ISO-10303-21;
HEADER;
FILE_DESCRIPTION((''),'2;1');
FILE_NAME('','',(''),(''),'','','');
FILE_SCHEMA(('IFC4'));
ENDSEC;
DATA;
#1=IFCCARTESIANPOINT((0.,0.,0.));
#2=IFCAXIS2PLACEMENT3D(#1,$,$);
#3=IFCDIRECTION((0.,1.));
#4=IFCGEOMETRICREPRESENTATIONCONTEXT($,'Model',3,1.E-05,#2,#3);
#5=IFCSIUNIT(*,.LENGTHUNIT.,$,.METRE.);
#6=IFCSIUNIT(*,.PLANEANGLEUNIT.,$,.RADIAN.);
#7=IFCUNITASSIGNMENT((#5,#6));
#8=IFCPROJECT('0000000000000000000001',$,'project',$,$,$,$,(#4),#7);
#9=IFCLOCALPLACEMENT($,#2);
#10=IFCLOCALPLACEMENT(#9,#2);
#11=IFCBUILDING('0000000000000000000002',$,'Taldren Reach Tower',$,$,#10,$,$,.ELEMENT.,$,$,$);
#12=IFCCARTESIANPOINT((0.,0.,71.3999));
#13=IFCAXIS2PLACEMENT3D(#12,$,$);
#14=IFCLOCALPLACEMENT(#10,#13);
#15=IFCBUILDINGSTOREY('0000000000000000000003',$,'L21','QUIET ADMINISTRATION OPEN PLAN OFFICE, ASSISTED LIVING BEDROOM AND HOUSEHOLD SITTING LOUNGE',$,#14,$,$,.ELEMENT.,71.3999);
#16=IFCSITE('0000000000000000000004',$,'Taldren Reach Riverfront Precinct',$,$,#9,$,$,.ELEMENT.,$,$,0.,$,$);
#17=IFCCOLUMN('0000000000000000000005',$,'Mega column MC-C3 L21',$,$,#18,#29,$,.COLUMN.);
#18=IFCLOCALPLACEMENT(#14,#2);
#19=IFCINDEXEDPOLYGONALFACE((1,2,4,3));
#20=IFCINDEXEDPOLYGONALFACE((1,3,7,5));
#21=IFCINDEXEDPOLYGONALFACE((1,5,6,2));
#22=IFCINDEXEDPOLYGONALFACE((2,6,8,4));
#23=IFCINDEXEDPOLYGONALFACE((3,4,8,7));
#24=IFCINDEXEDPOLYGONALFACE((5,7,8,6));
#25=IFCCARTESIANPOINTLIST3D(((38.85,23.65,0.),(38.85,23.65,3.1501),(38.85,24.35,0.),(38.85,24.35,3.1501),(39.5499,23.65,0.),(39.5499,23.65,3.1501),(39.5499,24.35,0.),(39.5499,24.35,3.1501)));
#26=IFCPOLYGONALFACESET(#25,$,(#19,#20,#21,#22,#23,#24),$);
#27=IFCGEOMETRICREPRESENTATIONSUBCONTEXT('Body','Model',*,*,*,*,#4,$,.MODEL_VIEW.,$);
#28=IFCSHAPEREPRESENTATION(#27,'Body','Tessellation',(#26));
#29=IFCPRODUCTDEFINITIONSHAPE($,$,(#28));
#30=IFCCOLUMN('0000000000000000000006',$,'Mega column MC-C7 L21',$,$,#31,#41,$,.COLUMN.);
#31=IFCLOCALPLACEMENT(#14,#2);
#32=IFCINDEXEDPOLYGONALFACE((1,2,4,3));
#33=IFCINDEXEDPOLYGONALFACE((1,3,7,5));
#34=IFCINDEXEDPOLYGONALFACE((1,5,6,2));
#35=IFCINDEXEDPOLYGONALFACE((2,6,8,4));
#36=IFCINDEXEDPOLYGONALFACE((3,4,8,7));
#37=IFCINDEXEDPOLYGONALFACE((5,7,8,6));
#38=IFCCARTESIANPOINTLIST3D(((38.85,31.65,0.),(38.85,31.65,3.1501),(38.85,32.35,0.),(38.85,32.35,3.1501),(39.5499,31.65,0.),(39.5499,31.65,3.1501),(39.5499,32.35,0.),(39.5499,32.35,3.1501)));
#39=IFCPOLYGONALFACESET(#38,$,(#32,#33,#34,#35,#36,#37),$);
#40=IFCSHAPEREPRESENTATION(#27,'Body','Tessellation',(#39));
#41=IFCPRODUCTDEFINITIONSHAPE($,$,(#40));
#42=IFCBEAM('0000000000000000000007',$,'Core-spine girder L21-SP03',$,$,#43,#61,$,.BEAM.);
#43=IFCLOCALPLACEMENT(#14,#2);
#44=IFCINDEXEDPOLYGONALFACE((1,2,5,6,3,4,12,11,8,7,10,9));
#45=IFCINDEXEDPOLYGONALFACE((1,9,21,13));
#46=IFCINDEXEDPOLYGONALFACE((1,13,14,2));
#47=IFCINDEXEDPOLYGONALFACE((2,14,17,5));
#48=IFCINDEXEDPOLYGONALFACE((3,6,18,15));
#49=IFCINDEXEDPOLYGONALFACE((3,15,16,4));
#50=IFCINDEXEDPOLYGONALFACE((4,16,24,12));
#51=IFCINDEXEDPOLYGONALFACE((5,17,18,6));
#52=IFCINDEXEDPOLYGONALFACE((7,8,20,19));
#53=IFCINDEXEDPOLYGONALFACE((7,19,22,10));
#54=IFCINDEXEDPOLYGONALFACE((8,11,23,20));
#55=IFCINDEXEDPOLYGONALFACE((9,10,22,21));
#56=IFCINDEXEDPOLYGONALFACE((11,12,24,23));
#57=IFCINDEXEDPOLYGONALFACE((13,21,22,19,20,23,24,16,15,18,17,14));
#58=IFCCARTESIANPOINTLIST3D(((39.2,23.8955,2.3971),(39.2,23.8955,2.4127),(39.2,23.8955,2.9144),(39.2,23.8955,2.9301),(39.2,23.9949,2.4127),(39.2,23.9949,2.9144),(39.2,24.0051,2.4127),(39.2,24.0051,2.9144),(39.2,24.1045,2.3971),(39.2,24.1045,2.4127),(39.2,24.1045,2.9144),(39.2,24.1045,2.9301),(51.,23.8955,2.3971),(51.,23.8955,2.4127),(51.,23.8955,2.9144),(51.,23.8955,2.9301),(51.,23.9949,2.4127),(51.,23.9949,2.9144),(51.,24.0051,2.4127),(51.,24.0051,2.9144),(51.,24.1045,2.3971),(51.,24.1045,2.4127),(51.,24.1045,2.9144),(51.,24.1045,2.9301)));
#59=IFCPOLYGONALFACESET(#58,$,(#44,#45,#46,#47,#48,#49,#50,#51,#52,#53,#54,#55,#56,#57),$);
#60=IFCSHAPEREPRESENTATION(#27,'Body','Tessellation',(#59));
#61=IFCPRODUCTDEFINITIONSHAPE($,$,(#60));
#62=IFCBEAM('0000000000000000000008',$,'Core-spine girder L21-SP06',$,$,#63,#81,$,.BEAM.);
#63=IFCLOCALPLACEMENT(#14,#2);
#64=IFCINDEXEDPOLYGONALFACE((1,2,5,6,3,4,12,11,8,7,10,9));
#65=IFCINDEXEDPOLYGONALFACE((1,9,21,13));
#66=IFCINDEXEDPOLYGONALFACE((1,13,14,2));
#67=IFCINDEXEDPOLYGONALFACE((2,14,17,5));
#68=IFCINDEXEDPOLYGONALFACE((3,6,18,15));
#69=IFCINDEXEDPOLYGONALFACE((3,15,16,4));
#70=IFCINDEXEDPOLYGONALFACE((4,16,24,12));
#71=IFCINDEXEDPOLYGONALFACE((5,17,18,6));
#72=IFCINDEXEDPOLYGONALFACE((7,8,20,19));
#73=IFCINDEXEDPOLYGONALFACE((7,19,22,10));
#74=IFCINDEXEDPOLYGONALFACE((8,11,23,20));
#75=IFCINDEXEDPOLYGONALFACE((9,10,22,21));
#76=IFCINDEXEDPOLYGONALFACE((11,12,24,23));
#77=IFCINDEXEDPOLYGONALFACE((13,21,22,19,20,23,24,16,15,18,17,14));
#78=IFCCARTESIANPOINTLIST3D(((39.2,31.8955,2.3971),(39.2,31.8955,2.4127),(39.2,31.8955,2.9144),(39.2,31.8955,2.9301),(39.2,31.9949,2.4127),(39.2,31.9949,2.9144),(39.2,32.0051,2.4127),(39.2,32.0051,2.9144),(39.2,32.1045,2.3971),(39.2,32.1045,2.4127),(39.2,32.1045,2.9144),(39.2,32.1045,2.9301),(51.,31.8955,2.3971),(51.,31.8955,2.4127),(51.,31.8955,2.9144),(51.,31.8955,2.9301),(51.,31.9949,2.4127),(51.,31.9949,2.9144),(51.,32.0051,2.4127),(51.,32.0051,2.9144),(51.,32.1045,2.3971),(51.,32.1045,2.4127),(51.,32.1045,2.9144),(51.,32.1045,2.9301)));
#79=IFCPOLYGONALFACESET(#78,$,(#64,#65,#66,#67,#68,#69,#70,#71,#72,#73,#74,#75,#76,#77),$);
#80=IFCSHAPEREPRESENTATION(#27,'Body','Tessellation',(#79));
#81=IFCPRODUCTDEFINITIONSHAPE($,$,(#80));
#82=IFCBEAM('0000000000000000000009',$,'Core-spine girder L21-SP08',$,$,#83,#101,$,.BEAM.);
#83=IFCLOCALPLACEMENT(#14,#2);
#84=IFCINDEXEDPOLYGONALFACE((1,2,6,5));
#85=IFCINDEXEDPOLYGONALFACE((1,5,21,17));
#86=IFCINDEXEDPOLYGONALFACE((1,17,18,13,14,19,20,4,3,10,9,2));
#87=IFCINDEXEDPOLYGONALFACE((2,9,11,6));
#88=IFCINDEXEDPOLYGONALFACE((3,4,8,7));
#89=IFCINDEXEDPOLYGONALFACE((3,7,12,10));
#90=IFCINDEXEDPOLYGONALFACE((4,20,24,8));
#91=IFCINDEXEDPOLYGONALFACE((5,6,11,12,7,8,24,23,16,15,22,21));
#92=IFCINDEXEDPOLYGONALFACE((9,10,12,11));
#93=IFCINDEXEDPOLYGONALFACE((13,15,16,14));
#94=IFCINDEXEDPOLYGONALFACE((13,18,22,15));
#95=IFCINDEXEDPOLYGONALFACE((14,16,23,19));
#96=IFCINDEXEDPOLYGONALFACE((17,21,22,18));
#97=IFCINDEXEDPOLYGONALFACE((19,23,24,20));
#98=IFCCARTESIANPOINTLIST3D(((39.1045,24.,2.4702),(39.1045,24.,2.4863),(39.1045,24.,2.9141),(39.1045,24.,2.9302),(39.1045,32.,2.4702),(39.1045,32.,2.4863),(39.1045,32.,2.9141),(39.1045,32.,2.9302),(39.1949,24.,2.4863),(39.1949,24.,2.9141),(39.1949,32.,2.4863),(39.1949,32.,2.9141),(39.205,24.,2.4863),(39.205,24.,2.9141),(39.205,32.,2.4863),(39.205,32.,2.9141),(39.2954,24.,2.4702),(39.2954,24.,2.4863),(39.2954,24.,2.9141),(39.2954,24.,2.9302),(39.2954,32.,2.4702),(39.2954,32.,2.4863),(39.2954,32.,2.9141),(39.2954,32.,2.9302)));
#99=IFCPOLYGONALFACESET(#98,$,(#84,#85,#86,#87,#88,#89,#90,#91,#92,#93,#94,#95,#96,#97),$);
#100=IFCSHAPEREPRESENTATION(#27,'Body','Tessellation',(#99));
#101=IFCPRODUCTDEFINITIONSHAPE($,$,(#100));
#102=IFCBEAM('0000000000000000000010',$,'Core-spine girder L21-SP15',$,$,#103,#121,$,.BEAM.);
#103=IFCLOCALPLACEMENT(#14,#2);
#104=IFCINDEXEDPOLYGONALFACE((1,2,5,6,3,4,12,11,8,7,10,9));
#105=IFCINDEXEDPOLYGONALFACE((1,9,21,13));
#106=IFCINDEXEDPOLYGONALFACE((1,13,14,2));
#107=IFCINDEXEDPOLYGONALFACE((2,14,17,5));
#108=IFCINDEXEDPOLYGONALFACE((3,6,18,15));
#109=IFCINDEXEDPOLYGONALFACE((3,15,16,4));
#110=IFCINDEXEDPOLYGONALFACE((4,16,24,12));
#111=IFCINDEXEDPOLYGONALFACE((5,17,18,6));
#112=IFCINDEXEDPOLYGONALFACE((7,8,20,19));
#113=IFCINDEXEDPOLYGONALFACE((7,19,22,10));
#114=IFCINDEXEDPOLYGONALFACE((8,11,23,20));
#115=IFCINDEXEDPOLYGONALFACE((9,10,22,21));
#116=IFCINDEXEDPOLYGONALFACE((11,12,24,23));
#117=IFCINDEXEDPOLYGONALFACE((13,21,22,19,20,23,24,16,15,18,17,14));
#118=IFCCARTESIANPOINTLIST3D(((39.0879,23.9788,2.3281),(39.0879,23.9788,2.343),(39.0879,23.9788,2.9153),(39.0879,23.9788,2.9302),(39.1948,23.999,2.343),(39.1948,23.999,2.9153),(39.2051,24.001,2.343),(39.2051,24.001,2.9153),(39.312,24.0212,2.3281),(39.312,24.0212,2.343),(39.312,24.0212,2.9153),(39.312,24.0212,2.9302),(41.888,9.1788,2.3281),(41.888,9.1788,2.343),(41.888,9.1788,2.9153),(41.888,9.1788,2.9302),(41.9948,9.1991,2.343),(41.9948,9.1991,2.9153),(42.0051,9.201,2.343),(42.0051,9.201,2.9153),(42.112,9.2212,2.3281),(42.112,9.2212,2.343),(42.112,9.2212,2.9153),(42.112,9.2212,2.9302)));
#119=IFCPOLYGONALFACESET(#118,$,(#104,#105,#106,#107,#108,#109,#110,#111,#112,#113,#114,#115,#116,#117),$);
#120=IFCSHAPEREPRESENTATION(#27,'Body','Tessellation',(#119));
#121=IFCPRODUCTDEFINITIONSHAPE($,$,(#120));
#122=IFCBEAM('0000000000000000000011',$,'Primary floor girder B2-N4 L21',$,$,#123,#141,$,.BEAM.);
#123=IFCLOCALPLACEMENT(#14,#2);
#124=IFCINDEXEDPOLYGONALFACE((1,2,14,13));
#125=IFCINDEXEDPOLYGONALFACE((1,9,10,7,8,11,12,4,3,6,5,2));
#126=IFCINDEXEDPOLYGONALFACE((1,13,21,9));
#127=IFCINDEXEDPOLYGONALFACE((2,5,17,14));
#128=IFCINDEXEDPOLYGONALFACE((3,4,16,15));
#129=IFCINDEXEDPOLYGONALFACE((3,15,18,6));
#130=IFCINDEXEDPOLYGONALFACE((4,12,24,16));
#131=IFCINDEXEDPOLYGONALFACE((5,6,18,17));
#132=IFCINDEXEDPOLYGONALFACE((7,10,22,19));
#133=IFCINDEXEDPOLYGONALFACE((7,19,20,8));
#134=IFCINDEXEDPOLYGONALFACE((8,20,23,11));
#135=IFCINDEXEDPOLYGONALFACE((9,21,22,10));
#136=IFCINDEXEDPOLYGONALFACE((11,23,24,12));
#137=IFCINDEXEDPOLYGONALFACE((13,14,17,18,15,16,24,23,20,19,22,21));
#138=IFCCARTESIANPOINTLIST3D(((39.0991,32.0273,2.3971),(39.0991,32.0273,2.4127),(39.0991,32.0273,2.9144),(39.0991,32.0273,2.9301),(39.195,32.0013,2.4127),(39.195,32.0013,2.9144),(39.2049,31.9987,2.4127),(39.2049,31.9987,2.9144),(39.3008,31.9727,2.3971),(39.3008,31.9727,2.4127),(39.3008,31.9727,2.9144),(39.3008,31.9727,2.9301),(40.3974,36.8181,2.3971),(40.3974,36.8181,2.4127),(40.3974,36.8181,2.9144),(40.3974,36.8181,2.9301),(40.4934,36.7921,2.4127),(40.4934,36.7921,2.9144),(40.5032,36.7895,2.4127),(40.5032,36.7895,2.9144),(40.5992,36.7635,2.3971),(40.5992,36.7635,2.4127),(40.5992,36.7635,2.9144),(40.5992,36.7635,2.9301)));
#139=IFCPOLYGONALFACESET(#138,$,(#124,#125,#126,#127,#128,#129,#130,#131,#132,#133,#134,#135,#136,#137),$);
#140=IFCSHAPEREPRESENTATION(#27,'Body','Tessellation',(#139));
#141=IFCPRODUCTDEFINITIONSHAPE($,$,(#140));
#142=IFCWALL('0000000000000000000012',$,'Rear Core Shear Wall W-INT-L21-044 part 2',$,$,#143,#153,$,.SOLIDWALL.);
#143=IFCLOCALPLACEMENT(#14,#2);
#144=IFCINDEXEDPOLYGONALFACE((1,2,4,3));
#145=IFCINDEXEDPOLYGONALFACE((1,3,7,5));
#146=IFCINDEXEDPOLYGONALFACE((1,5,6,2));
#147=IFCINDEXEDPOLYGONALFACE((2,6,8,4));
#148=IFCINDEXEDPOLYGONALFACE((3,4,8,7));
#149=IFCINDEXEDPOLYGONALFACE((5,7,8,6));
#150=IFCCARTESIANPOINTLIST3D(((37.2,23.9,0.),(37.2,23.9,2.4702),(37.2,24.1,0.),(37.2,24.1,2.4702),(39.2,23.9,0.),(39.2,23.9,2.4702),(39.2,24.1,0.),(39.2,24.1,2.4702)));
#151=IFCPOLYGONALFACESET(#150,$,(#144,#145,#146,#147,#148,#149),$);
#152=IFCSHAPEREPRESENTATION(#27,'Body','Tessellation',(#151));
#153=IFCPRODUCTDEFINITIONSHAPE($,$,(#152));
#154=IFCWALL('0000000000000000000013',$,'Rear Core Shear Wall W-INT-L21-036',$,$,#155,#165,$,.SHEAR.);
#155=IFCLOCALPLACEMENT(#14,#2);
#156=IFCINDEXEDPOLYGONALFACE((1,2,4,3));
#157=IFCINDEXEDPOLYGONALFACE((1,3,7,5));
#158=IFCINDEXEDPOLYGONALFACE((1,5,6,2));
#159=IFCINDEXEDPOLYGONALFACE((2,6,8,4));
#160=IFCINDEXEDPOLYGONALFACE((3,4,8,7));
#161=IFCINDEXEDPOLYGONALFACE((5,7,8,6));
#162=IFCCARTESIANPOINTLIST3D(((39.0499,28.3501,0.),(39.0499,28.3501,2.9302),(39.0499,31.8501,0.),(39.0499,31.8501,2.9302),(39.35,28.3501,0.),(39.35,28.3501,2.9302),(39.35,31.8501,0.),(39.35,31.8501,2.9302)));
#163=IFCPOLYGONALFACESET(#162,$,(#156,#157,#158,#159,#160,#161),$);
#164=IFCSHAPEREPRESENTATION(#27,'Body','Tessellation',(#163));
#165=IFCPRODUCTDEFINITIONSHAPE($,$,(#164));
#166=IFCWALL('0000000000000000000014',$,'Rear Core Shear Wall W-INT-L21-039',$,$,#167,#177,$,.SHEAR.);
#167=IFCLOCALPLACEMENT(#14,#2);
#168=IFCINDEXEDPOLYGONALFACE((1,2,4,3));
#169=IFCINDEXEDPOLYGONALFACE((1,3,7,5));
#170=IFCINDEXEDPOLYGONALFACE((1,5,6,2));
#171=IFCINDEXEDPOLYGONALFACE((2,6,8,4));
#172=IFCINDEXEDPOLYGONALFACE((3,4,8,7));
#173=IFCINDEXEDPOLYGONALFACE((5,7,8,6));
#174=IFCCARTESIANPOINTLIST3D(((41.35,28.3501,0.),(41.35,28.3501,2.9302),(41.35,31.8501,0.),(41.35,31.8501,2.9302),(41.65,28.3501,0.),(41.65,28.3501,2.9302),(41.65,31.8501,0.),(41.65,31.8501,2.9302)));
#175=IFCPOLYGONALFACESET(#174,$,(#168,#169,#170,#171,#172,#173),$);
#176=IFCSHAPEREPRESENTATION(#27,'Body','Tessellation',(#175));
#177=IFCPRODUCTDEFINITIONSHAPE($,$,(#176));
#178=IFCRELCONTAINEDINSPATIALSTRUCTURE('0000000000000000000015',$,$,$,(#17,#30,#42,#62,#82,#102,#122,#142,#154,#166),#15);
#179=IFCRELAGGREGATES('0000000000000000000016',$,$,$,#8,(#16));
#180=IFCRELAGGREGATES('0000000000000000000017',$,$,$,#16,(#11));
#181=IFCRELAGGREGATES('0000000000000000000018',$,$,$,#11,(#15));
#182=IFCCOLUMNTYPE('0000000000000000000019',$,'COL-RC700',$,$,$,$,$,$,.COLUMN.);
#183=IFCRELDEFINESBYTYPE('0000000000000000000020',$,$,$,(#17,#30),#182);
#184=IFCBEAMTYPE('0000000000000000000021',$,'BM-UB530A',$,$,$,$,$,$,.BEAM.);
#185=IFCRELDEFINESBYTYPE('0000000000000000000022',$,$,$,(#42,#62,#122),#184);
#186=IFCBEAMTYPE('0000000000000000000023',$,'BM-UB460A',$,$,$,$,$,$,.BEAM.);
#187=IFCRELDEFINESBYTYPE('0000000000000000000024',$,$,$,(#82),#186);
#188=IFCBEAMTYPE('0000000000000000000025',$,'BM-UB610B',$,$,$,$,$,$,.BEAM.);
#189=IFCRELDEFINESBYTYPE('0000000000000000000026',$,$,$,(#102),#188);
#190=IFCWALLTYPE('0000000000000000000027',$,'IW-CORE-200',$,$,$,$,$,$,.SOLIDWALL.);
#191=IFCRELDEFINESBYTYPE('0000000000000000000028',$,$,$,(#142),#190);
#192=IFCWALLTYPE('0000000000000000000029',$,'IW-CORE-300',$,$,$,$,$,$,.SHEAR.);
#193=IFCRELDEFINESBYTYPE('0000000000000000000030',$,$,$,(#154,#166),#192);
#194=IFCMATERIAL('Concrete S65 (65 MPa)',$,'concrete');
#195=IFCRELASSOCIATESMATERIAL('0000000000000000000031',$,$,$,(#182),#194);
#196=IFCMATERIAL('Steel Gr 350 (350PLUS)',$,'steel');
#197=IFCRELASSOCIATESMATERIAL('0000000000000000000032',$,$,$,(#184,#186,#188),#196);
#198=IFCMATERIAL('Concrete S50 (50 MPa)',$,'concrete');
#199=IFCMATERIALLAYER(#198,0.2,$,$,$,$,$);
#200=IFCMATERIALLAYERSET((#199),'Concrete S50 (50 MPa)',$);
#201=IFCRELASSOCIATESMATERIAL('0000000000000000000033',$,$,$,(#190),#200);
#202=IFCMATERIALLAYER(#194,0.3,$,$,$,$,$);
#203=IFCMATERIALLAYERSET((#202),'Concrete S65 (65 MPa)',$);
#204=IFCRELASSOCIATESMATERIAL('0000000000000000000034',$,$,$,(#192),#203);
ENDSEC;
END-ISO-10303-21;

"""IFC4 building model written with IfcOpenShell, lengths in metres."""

from ifc_helpers import new_model, si_unit, direction, frame, frame_2d, origin, origin_2d, place, context, subcontext, project, spatial, rectangle, i_section, extrude, source, transform, mapped, material, layer, layer_set, material_profile, profile_set, type_object, element, save


model = new_model("IFC4")

# Units and contexts
model_context = context("Model", 3, precision=1e-05, world=origin(), true_north=direction((0.0, 1.0)))
body_context = subcontext(model_context, "Body", "Model", "MODEL_VIEW")
ifc_project = project(units=[si_unit("LENGTHUNIT", "METRE"), si_unit("PLANEANGLEUNIT", "RADIAN")], contexts=[model_context])

# Site, building, storey
site_placement = place(None, origin())
site = spatial("IfcSite", under=ifc_project, at=site_placement, Name="Taldren Reach Riverfront Precinct", CompositionType="ELEMENT", RefElevation=0.0)
building_placement = place(site_placement, origin())
building = spatial("IfcBuilding", under=site, at=building_placement, Name="Taldren Reach Tower", CompositionType="ELEMENT")
storey_placement = place(building_placement, frame((0.0, 0.0, 71.3999)))
storey = spatial("IfcBuildingStorey", under=building, at=storey_placement, Name="L21", Description="QUIET ADMINISTRATION OPEN PLAN OFFICE, ASSISTED LIVING BEDROOM AND HOUSEHOLD SITTING LOUNGE", CompositionType="ELEMENT", Elevation=71.3999)

# Columns
ifc_material_1 = material(Name="Concrete S65 (65 MPa)", Category="concrete")
ifc_material_profile_1 = material_profile(ifc_material_1, rectangle(XDim=0.7, YDim=0.7, at=origin_2d()), Name="RC-700x700")
ifc_profile_set_1 = profile_set([ifc_material_profile_1], Name="Concrete S65 (65 MPa)")
column_type = type_object("IfcColumnType", Name="COL-RC700", PredefinedType="COLUMN", material=ifc_profile_set_1)
shared_shape_1 = source(origin(), body_context, "Body", "SweptSolid", [
    extrude(rectangle(XDim=0.7, YDim=0.7, at=origin_2d()), origin(), (0.0, 0.0, 1.0), 3.1501),
])
for number, where, z_axis, x_axis, name in (
    (1, (39.2, 24.0, 0.0), (0.0, 0.0, 1.0), (1.0, 0.0, 0.0), "Mega column MC-C3 L21"),
    (2, (39.2, 32.0, 0.0), (0.0, 0.0, 1.0), (1.0, 0.0, 0.0), "Mega column MC-C7 L21"),
):
    element("IfcColumn", number, at=place(storey_placement, frame(where, z_axis=z_axis, x_axis=x_axis)), inside=storey, type_object=column_type, Name=name, PredefinedType="COLUMN", context=body_context, shape_type="MappedRepresentation", body=[
        mapped(shared_shape_1, transform((0.0, 0.0, 0.0), scale=1.0)),
    ])

# Beams
ifc_material_2 = material(Name="Steel Gr 350 (350PLUS)", Category="steel")
ifc_material_profile_2 = material_profile(ifc_material_2, i_section(OverallWidth=0.209, OverallDepth=0.533, WebThickness=0.0103, FlangeThickness=0.0156, at=origin_2d()), Name="530UB92.4")
ifc_profile_set_2 = profile_set([ifc_material_profile_2], Name="Steel Gr 350 (350PLUS)")
beam_type_1 = type_object("IfcBeamType", Name="BM-UB530A", PredefinedType="BEAM", material=ifc_profile_set_2)
shared_shape_2 = source(origin(), body_context, "Body", "SweptSolid", [
    extrude(i_section(OverallWidth=0.209, OverallDepth=0.533, WebThickness=0.0103, FlangeThickness=0.0156, at=origin_2d()), origin(), (0.0, 0.0, 1.0), 11.8),
])
for number, where, z_axis, x_axis, name in (
    (3, (39.2, 24.0, 2.6636), (1.0, 0.0, 0.0), (0.0, 1.0, 0.0), "Core-spine girder L21-SP03"),
    (4, (39.2, 32.0, 2.6636), (1.0, 0.0, 0.0), (0.0, 1.0, 0.0), "Core-spine girder L21-SP06"),
):
    element("IfcBeam", number, at=place(storey_placement, frame(where, z_axis=z_axis, x_axis=x_axis)), inside=storey, type_object=beam_type_1, Name=name, PredefinedType="BEAM", context=body_context, shape_type="MappedRepresentation", body=[
        mapped(shared_shape_2, transform((0.0, 0.0, 0.0), scale=1.0)),
    ])
ifc_material_profile_3 = material_profile(ifc_material_2, i_section(OverallWidth=0.1909, OverallDepth=0.46, WebThickness=0.01, FlangeThickness=0.0161, at=origin_2d()), Name="460UB82.1")
ifc_profile_set_3 = profile_set([ifc_material_profile_3], Name="Steel Gr 350 (350PLUS)")
beam_type_2 = type_object("IfcBeamType", Name="BM-UB460A", PredefinedType="BEAM", material=ifc_profile_set_3)
shared_shape_3 = source(origin(), body_context, "Body", "SweptSolid", [
    extrude(i_section(OverallWidth=0.1909, OverallDepth=0.46, WebThickness=0.01, FlangeThickness=0.0161, at=origin_2d()), origin(), (0.0, 0.0, 1.0), 8.0),
])
beam_1_placement = place(storey_placement, frame((39.2, 24.0, 2.7002), z_axis=(0.0, 1.0, 0.0), x_axis=(-1.0, 0.0, 0.0)))
element("IfcBeam", 5, at=beam_1_placement, inside=storey, type_object=beam_type_2, Name="Core-spine girder L21-SP08", PredefinedType="BEAM", context=body_context, shape_type="MappedRepresentation", body=[
    mapped(shared_shape_3, transform((0.0, 0.0, 0.0), scale=1.0)),
])
ifc_material_profile_4 = material_profile(ifc_material_2, i_section(OverallWidth=0.228, OverallDepth=0.6021, WebThickness=0.0105, FlangeThickness=0.0149, at=origin_2d()), Name="610UB101")
ifc_profile_set_4 = profile_set([ifc_material_profile_4], Name="Steel Gr 350 (350PLUS)")
beam_type_3 = type_object("IfcBeamType", Name="BM-UB610B", PredefinedType="BEAM", material=ifc_profile_set_4)
shared_shape_4 = source(origin(), body_context, "Body", "SweptSolid", [
    extrude(i_section(OverallWidth=0.228, OverallDepth=0.6021, WebThickness=0.0105, FlangeThickness=0.0149, at=origin_2d()), origin(), (0.0, 0.0, 1.0), 15.0625),
])
beam_2_placement = place(storey_placement, frame((39.2, 24.0, 2.6292), z_axis=(0.185894, -0.98257, 0.0), x_axis=(0.98257, 0.185894, 0.0)))
element("IfcBeam", 6, at=beam_2_placement, inside=storey, type_object=beam_type_3, Name="Core-spine girder L21-SP15", PredefinedType="BEAM", context=body_context, shape_type="MappedRepresentation", body=[
    mapped(shared_shape_4, transform((0.0, 0.0, 0.0), scale=1.0)),
])
shared_shape_5 = source(origin(), body_context, "Body", "SweptSolid", [
    extrude(i_section(OverallWidth=0.209, OverallDepth=0.533, WebThickness=0.0103, FlangeThickness=0.0156, at=origin_2d()), origin(), (0.0, 0.0, 1.0), 4.9636),
])
beam_3_placement = place(storey_placement, frame((39.2, 32.0, 2.6636), z_axis=(0.261573, 0.965184, 0.0), x_axis=(-0.965184, 0.261573, 0.0)))
element("IfcBeam", 7, at=beam_3_placement, inside=storey, type_object=beam_type_1, Name="Primary floor girder B2-N4 L21", PredefinedType="BEAM", context=body_context, shape_type="MappedRepresentation", body=[
    mapped(shared_shape_5, transform((0.0, 0.0, 0.0), scale=1.0)),
])

# Walls
ifc_material_3 = material(Name="Concrete S50 (50 MPa)", Category="concrete")
ifc_layer_1 = layer(ifc_material_3, 0.2)
ifc_layer_set_1 = layer_set([ifc_layer_1], Name="Concrete S50 (50 MPa)")
wall_type_1 = type_object("IfcWallType", Name="IW-CORE-200", PredefinedType="SOLIDWALL", material=ifc_layer_set_1)
shared_shape_6 = source(origin(), body_context, "Body", "SweptSolid", [
    extrude(rectangle(XDim=2.0, YDim=0.2, at=frame_2d((1.0, 0.0))), origin(), (0.0, 0.0, 1.0), 2.4702),
])
wall_1_placement = place(storey_placement, frame((39.2, 24.0, 0.0), z_axis=(0.0, 0.0, 1.0), x_axis=(-1.0, 0.0, 0.0)))
element("IfcWall", 8, at=wall_1_placement, inside=storey, type_object=wall_type_1, Name="Rear Core Shear Wall W-INT-L21-044 part 2", PredefinedType="SOLIDWALL", context=body_context, shape_type="MappedRepresentation", body=[
    mapped(shared_shape_6, transform((0.0, 0.0, 0.0), scale=1.0)),
])
ifc_layer_2 = layer(ifc_material_1, 0.3)
ifc_layer_set_2 = layer_set([ifc_layer_2], Name="Concrete S65 (65 MPa)")
wall_type_2 = type_object("IfcWallType", Name="IW-CORE-300", PredefinedType="SHEAR", material=ifc_layer_set_2)
shared_shape_7 = source(origin(), body_context, "Body", "SweptSolid", [
    extrude(rectangle(XDim=3.5, YDim=0.3, at=frame_2d((1.75, 0.0))), origin(), (0.0, 0.0, 1.0), 2.9302),
])
for number, where, z_axis, x_axis, name in (
    (9, (39.2, 28.3501, 0.0), (0.0, 0.0, 1.0), (0.0, 1.0, 0.0), "Rear Core Shear Wall W-INT-L21-036"),
    (10, (41.5, 28.3501, 0.0), (0.0, 0.0, 1.0), (0.0, 1.0, 0.0), "Rear Core Shear Wall W-INT-L21-039"),
):
    element("IfcWall", number, at=place(storey_placement, frame(where, z_axis=z_axis, x_axis=x_axis)), inside=storey, type_object=wall_type_2, Name=name, PredefinedType="SHEAR", context=body_context, shape_type="MappedRepresentation", body=[
        mapped(shared_shape_7, transform((0.0, 0.0, 0.0), scale=1.0)),
    ])

save(model, "model.ifc")
